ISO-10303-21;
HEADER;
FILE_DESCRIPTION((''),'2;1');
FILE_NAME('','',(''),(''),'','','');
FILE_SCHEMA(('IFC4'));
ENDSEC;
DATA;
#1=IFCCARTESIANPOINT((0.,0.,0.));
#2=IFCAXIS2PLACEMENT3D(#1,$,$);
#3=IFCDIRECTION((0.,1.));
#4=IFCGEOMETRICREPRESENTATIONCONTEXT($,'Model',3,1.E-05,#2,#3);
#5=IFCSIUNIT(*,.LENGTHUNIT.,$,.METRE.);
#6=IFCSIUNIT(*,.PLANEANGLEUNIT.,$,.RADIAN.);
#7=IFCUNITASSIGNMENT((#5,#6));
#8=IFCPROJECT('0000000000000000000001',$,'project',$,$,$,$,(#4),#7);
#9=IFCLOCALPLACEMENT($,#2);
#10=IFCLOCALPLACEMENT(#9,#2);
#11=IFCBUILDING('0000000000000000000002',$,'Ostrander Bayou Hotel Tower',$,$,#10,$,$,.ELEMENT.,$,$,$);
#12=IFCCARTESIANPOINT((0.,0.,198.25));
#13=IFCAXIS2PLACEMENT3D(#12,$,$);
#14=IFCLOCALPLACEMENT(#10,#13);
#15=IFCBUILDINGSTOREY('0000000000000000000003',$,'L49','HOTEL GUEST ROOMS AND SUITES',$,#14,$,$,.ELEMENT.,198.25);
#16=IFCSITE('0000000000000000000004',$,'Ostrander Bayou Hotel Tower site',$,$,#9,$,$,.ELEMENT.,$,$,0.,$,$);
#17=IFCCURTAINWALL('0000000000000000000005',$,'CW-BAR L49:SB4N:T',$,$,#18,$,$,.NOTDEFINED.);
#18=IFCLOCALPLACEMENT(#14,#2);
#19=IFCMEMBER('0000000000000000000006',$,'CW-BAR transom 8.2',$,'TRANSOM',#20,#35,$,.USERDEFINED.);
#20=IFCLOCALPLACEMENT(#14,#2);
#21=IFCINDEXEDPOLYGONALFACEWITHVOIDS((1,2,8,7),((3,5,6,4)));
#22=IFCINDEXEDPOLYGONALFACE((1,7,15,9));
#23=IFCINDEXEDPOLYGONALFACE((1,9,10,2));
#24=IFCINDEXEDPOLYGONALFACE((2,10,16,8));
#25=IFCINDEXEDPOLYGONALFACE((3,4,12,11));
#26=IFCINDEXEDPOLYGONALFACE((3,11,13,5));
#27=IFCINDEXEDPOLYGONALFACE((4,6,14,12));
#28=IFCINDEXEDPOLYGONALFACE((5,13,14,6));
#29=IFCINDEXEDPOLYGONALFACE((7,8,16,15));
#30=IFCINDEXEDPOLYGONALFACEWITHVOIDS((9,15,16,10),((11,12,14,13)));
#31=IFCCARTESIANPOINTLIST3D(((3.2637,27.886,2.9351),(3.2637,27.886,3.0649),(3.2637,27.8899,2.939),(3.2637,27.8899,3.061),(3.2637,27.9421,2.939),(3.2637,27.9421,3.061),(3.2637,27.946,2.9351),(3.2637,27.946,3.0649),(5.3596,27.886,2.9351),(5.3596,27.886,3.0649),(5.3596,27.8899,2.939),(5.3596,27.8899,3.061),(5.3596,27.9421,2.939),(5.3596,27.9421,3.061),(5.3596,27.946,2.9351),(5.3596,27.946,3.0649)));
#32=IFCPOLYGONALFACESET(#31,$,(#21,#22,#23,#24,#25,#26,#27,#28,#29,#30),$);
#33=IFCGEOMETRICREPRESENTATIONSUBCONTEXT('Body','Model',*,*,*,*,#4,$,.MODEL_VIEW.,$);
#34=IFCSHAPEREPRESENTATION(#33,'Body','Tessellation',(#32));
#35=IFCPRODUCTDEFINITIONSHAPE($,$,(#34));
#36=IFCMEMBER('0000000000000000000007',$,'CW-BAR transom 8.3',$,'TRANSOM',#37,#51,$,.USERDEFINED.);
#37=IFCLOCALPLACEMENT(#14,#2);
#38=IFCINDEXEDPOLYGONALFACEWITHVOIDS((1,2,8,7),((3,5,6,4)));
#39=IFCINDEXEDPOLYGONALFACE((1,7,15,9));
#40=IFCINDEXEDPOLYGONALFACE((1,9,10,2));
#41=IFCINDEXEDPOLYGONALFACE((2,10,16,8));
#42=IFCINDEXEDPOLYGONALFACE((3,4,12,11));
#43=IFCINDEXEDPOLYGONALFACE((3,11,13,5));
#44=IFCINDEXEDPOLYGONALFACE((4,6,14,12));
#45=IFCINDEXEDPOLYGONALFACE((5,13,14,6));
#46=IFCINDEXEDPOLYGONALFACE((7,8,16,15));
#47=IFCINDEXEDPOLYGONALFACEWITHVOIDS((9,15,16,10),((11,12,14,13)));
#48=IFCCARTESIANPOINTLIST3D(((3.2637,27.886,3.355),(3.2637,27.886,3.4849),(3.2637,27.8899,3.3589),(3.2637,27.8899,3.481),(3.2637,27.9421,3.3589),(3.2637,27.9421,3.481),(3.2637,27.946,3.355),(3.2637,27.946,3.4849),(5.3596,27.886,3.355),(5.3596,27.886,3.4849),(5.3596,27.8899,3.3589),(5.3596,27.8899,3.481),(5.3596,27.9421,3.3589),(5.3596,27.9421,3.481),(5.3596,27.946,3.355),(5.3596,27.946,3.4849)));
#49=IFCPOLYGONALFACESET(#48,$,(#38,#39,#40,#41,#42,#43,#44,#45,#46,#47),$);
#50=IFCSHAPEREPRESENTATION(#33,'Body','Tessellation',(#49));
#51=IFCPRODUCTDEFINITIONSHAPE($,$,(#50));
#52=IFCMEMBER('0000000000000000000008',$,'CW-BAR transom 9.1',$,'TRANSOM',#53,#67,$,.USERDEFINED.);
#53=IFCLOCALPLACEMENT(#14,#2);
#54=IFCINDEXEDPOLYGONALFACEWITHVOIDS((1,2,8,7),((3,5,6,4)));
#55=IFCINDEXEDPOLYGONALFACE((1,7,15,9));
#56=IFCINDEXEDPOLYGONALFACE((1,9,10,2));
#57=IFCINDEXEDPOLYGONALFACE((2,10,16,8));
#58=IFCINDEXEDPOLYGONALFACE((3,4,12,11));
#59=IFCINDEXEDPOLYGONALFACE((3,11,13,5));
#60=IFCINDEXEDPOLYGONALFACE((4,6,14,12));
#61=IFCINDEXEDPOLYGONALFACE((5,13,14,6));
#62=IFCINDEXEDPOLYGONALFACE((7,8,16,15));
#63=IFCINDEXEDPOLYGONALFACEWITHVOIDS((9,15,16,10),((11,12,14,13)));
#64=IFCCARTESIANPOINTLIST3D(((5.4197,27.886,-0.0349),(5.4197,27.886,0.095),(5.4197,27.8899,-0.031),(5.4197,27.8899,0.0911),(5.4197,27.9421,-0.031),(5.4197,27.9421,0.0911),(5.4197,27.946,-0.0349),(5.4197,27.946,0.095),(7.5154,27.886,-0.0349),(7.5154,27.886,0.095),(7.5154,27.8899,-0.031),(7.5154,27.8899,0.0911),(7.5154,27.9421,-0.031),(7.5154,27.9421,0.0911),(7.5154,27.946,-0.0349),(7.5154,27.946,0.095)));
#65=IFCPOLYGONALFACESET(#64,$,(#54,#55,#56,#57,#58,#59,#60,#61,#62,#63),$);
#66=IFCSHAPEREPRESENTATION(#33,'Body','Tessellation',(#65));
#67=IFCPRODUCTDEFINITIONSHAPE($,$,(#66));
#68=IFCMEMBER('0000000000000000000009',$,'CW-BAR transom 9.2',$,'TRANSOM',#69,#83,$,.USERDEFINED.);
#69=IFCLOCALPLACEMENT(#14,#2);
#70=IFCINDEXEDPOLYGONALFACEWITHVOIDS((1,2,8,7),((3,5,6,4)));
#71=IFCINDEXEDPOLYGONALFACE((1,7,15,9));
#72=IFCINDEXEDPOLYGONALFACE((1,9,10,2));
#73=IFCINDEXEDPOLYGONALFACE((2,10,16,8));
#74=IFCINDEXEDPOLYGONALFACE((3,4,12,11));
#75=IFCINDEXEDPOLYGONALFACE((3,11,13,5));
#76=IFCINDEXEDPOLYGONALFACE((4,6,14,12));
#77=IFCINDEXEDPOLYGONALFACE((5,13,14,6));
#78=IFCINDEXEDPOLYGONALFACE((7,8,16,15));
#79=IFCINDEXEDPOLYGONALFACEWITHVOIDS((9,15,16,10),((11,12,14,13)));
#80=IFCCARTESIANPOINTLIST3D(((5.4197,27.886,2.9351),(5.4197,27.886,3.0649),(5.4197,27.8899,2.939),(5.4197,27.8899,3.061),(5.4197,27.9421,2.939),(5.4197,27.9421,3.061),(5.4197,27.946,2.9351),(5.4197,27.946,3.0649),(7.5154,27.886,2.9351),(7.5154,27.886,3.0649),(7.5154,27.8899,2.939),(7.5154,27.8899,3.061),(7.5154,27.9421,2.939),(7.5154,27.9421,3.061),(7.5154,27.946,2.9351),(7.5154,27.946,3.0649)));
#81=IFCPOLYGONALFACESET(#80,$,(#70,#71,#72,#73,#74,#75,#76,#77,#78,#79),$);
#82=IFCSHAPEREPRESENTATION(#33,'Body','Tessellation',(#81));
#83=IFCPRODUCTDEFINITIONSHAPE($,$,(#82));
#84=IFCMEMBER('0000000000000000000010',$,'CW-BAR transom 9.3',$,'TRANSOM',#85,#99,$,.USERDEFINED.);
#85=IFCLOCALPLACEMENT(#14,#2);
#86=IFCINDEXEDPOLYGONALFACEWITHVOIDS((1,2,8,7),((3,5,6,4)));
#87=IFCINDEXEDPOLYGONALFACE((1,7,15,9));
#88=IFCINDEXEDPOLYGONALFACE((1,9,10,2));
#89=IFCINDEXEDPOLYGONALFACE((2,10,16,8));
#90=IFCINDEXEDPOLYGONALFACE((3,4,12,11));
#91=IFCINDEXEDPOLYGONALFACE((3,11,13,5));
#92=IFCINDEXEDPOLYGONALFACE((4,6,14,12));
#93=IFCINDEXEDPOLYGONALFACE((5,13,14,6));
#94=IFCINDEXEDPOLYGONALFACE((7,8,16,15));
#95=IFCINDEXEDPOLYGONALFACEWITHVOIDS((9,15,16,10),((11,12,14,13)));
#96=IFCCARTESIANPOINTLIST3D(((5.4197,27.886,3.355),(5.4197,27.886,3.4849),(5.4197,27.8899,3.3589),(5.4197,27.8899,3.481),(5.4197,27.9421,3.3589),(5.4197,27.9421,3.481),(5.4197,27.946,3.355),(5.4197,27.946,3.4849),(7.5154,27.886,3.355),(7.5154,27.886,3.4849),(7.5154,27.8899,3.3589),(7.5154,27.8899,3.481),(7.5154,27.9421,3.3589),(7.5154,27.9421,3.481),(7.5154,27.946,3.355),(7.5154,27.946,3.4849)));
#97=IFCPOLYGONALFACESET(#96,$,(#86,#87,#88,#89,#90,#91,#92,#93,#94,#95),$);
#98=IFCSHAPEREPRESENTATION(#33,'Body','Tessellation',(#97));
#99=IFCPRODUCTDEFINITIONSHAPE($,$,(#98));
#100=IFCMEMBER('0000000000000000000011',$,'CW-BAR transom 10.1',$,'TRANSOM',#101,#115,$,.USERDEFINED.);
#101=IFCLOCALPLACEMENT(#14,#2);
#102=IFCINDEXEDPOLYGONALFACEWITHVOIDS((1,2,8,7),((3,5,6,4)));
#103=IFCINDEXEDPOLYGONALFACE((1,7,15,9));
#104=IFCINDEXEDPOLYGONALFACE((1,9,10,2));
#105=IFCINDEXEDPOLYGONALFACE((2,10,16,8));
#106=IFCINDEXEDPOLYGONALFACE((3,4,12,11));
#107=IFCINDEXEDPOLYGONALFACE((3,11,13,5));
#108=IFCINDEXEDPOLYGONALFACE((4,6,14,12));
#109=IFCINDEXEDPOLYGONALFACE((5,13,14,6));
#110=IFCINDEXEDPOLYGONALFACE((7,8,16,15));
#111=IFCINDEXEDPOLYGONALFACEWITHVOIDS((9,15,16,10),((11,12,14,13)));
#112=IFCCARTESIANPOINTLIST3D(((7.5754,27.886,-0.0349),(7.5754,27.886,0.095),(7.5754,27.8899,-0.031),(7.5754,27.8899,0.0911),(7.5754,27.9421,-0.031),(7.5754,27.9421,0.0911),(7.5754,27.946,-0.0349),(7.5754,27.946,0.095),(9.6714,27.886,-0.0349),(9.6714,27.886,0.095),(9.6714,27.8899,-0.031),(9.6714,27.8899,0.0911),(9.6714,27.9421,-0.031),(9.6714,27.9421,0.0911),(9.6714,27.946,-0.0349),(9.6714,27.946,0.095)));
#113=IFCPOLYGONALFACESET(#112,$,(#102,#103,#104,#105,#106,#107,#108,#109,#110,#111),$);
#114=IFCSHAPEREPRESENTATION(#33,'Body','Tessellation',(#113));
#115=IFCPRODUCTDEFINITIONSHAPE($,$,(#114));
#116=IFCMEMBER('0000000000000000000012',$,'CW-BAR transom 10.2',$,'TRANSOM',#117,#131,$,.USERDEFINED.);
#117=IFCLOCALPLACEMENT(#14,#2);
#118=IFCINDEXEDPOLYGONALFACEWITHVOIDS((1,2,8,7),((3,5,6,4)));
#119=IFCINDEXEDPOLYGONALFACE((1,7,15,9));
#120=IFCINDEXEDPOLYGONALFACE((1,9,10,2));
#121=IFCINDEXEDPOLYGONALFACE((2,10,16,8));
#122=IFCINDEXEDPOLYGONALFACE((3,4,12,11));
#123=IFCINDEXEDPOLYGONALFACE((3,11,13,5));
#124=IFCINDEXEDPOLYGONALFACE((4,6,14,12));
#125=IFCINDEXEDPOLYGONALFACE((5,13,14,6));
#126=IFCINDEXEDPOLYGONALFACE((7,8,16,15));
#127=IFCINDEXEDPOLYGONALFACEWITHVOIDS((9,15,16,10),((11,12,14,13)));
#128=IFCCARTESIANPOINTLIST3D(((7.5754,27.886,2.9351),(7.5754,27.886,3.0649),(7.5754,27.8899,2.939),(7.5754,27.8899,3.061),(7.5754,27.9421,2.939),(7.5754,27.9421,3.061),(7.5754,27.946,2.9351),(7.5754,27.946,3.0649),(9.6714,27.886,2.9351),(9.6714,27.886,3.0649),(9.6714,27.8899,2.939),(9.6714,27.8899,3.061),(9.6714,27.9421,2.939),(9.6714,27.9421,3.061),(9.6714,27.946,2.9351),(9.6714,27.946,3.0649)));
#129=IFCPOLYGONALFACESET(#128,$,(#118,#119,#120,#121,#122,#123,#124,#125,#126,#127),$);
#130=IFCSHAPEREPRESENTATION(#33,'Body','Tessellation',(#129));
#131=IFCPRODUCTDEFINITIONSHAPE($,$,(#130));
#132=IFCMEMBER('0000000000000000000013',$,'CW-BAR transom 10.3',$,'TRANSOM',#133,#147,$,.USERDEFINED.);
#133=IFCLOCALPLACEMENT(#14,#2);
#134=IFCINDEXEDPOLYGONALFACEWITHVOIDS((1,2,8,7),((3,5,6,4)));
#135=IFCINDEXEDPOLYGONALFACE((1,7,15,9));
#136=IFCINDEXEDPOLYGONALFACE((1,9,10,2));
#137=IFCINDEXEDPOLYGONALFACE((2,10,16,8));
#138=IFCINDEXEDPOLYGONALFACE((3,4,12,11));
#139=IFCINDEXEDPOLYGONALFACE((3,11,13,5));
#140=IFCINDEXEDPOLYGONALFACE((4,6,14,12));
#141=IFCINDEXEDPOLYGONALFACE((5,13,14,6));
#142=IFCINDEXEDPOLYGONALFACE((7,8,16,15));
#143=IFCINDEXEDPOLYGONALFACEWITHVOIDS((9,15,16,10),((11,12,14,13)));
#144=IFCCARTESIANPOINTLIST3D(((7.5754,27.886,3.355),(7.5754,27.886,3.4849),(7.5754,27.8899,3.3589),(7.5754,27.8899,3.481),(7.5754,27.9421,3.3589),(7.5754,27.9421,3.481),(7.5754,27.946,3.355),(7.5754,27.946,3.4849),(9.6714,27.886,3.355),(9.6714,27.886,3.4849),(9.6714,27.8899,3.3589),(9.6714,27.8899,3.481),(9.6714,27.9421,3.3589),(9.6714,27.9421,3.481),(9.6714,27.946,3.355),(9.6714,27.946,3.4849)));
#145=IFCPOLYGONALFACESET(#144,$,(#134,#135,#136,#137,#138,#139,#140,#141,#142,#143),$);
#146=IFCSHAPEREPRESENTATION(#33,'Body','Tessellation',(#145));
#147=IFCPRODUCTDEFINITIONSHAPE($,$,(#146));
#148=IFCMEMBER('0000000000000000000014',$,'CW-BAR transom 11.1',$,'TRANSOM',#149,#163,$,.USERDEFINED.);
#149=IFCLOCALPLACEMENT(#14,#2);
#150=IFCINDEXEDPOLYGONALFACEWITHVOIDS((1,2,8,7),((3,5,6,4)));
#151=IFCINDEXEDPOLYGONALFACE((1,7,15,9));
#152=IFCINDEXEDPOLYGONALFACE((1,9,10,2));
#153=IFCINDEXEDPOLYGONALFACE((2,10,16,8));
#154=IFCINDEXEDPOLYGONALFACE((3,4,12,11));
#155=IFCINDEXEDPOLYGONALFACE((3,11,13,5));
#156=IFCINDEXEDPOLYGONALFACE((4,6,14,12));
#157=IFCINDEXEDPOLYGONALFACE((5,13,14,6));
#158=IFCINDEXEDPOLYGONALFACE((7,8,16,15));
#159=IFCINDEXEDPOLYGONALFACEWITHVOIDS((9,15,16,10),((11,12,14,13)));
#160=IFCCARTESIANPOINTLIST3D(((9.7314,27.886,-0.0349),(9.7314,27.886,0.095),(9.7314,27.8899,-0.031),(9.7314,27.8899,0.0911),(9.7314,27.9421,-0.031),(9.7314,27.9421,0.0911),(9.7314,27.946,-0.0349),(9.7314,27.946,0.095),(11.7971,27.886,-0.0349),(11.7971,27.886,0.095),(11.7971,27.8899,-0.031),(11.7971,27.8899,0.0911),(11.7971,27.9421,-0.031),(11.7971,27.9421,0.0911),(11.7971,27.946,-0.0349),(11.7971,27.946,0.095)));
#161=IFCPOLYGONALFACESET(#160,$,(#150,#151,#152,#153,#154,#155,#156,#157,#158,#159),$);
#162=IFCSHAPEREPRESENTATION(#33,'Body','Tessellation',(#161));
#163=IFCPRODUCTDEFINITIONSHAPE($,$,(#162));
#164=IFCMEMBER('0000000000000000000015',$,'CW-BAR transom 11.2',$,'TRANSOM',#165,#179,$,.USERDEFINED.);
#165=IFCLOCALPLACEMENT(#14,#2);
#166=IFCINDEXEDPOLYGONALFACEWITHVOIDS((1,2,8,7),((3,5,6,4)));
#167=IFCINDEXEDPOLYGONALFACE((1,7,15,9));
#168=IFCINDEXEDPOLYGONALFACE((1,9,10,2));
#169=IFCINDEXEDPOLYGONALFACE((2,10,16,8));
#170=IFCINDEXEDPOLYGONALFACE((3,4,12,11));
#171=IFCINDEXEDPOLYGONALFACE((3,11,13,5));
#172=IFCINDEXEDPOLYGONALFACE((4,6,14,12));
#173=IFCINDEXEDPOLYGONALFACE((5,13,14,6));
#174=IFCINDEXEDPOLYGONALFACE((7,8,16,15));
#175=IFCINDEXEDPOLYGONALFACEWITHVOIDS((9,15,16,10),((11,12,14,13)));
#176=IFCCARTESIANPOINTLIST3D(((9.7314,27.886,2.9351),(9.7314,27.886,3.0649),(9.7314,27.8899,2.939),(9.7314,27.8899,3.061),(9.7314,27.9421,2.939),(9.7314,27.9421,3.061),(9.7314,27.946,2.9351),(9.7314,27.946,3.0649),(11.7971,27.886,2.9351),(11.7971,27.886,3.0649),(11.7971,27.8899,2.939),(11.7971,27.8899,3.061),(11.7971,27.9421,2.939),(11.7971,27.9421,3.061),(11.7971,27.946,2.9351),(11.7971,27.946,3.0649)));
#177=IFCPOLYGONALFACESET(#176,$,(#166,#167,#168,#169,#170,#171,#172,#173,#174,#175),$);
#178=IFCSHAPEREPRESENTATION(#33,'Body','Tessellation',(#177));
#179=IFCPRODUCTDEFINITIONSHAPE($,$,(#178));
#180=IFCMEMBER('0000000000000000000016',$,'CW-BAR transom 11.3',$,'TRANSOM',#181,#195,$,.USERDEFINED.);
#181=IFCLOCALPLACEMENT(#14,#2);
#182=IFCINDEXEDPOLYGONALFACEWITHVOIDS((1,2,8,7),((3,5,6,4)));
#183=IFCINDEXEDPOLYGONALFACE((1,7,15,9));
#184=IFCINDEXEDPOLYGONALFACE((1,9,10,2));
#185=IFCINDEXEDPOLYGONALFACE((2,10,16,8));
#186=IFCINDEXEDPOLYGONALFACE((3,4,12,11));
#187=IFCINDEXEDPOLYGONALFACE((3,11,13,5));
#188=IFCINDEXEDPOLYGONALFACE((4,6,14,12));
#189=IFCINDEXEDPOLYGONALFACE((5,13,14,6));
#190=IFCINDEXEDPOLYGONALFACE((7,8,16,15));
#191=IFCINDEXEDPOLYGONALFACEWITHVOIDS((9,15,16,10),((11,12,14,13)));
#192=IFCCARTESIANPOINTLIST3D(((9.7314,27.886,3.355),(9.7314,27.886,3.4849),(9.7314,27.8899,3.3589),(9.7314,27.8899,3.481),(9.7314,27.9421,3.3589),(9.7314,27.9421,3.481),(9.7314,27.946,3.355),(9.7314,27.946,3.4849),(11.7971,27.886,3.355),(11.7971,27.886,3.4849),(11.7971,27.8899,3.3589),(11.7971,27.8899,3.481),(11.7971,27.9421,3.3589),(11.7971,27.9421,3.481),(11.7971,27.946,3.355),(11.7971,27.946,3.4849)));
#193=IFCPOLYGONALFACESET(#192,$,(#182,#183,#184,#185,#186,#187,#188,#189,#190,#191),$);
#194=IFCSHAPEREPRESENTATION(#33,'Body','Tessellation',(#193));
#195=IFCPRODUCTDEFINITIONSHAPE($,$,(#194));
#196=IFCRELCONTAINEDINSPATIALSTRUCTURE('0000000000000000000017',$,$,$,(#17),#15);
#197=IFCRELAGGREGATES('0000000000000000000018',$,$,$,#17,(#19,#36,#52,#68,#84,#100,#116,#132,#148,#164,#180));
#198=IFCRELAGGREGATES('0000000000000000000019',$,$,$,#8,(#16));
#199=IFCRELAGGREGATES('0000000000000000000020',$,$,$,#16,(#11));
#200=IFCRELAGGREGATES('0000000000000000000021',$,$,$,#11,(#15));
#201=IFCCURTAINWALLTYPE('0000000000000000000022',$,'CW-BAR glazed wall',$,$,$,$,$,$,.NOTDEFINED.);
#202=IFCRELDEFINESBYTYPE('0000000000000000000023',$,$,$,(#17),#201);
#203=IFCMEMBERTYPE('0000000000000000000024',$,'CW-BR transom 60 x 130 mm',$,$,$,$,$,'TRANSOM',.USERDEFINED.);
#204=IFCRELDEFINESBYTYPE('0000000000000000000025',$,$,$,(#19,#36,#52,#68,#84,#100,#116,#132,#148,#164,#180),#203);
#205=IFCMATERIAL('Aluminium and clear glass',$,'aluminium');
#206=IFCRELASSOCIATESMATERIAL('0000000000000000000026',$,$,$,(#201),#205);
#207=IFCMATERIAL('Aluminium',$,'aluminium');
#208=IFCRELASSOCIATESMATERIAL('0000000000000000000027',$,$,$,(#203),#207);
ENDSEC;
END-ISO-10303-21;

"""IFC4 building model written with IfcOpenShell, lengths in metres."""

from ifc_helpers import new_model, si_unit, direction, frame, origin, origin_2d, place, context, subcontext, project, spatial, hollow_rectangle, extrude, material, material_profile, profile_set, type_object, element, aggregate, save


model = new_model("IFC4")

# Units and contexts
model_context = context("Model", 3, precision=1e-05, world=origin(), true_north=direction((0.0, 1.0)))
body_context = subcontext(model_context, "Body", "Model", "MODEL_VIEW")
ifc_project = project(units=[si_unit("LENGTHUNIT", "METRE"), si_unit("PLANEANGLEUNIT", "RADIAN")], contexts=[model_context])

# Site, building, storey
site_placement = place(None, origin())
site = spatial("IfcSite", under=ifc_project, at=site_placement, Name="Ostrander Bayou Hotel Tower site", CompositionType="ELEMENT", RefElevation=0.0)
building_placement = place(site_placement, origin())
building = spatial("IfcBuilding", under=site, at=building_placement, Name="Ostrander Bayou Hotel Tower", CompositionType="ELEMENT")
storey_placement = place(building_placement, frame((0.0, 0.0, 198.25)))
storey = spatial("IfcBuildingStorey", under=building, at=storey_placement, Name="L49", Description="HOTEL GUEST ROOMS AND SUITES", CompositionType="ELEMENT", Elevation=198.25)

# Curtain wall
ifc_material_1 = material(Name="Aluminium and clear glass", Category="aluminium")
curtain_wall_type = type_object("IfcCurtainWallType", Name="CW-BAR glazed wall", PredefinedType="NOTDEFINED", material=ifc_material_1)
curtain_wall_1_placement = place(storey_placement, origin())
curtain_wall_1 = element("IfcCurtainWall", 1, at=curtain_wall_1_placement, inside=storey, type_object=curtain_wall_type, Name="CW-BAR L49:SB4N:T", PredefinedType="NOTDEFINED")

# Members
ifc_material_2 = material(Name="Aluminium", Category="aluminium")
ifc_material_profile_1 = material_profile(ifc_material_2, hollow_rectangle(XDim=0.0601, YDim=0.1299, WallThickness=0.0039, at=origin_2d()))
ifc_profile_set_1 = profile_set([ifc_material_profile_1], Name="Aluminium")
member_type_1 = type_object("IfcMemberType", Name="CW-BR transom 60 x 130 mm", ElementType="TRANSOM", PredefinedType="USERDEFINED", material=ifc_profile_set_1)
member_1_placement = place(storey_placement, frame((3.2637, 27.916, 3.0), z_axis=(1.0, 0.0, 0.0), x_axis=(0.0, 1.0, 0.0)))
member_1 = element("IfcMember", 2, at=member_1_placement, type_object=member_type_1, Name="CW-BAR transom 8.2", ObjectType="TRANSOM", PredefinedType="USERDEFINED", context=body_context, shape_type="SweptSolid", body=[
    extrude(hollow_rectangle(XDim=0.0601, YDim=0.1299, WallThickness=0.0039, at=origin_2d()), origin(), (0.0, 0.0, 1.0), 2.0959),
])
member_2_placement = place(storey_placement, frame((3.2637, 27.916, 3.4199), z_axis=(1.0, 0.0, 0.0), x_axis=(0.0, 1.0, 0.0)))
member_2 = element("IfcMember", 3, at=member_2_placement, type_object=member_type_1, Name="CW-BAR transom 8.3", ObjectType="TRANSOM", PredefinedType="USERDEFINED", context=body_context, shape_type="SweptSolid", body=[
    extrude(hollow_rectangle(XDim=0.0601, YDim=0.1299, WallThickness=0.0039, at=origin_2d()), origin(), (0.0, 0.0, 1.0), 2.0959),
])
member_3_placement = place(storey_placement, frame((5.4197, 27.916, 0.03), z_axis=(1.0, 0.0, 0.0), x_axis=(0.0, 1.0, 0.0)))
member_3 = element("IfcMember", 4, at=member_3_placement, type_object=member_type_1, Name="CW-BAR transom 9.1", ObjectType="TRANSOM", PredefinedType="USERDEFINED", context=body_context, shape_type="SweptSolid", body=[
    extrude(hollow_rectangle(XDim=0.0601, YDim=0.1299, WallThickness=0.0039, at=origin_2d()), origin(), (0.0, 0.0, 1.0), 2.0957),
])
member_4_placement = place(storey_placement, frame((5.4197, 27.916, 3.0), z_axis=(1.0, 0.0, 0.0), x_axis=(0.0, 1.0, 0.0)))
member_4 = element("IfcMember", 5, at=member_4_placement, type_object=member_type_1, Name="CW-BAR transom 9.2", ObjectType="TRANSOM", PredefinedType="USERDEFINED", context=body_context, shape_type="SweptSolid", body=[
    extrude(hollow_rectangle(XDim=0.0601, YDim=0.1299, WallThickness=0.0039, at=origin_2d()), origin(), (0.0, 0.0, 1.0), 2.0957),
])
member_5_placement = place(storey_placement, frame((5.4197, 27.916, 3.4199), z_axis=(1.0, 0.0, 0.0), x_axis=(0.0, 1.0, 0.0)))
member_5 = element("IfcMember", 6, at=member_5_placement, type_object=member_type_1, Name="CW-BAR transom 9.3", ObjectType="TRANSOM", PredefinedType="USERDEFINED", context=body_context, shape_type="SweptSolid", body=[
    extrude(hollow_rectangle(XDim=0.0601, YDim=0.1299, WallThickness=0.0039, at=origin_2d()), origin(), (0.0, 0.0, 1.0), 2.0957),
])
member_6_placement = place(storey_placement, frame((7.5754, 27.916, 0.03), z_axis=(1.0, 0.0, 0.0), x_axis=(0.0, 1.0, 0.0)))
member_6 = element("IfcMember", 7, at=member_6_placement, type_object=member_type_1, Name="CW-BAR transom 10.1", ObjectType="TRANSOM", PredefinedType="USERDEFINED", context=body_context, shape_type="SweptSolid", body=[
    extrude(hollow_rectangle(XDim=0.0601, YDim=0.1299, WallThickness=0.0039, at=origin_2d()), origin(), (0.0, 0.0, 1.0), 2.0959),
])
member_7_placement = place(storey_placement, frame((7.5754, 27.916, 3.0), z_axis=(1.0, 0.0, 0.0), x_axis=(0.0, 1.0, 0.0)))
member_7 = element("IfcMember", 8, at=member_7_placement, type_object=member_type_1, Name="CW-BAR transom 10.2", ObjectType="TRANSOM", PredefinedType="USERDEFINED", context=body_context, shape_type="SweptSolid", body=[
    extrude(hollow_rectangle(XDim=0.0601, YDim=0.1299, WallThickness=0.0039, at=origin_2d()), origin(), (0.0, 0.0, 1.0), 2.0959),
])
member_8_placement = place(storey_placement, frame((7.5754, 27.916, 3.4199), z_axis=(1.0, 0.0, 0.0), x_axis=(0.0, 1.0, 0.0)))
member_8 = element("IfcMember", 9, at=member_8_placement, type_object=member_type_1, Name="CW-BAR transom 10.3", ObjectType="TRANSOM", PredefinedType="USERDEFINED", context=body_context, shape_type="SweptSolid", body=[
    extrude(hollow_rectangle(XDim=0.0601, YDim=0.1299, WallThickness=0.0039, at=origin_2d()), origin(), (0.0, 0.0, 1.0), 2.0959),
])
member_9_placement = place(storey_placement, frame((9.7314, 27.916, 0.03), z_axis=(1.0, 0.0, 0.0), x_axis=(0.0, 1.0, 0.0)))
member_9 = element("IfcMember", 10, at=member_9_placement, type_object=member_type_1, Name="CW-BAR transom 11.1", ObjectType="TRANSOM", PredefinedType="USERDEFINED", context=body_context, shape_type="SweptSolid", body=[
    extrude(hollow_rectangle(XDim=0.0601, YDim=0.1299, WallThickness=0.0039, at=origin_2d()), origin(), (0.0, 0.0, 1.0), 2.0657),
])
member_10_placement = place(storey_placement, frame((9.7314, 27.916, 3.0), z_axis=(1.0, 0.0, 0.0), x_axis=(0.0, 1.0, 0.0)))
member_10 = element("IfcMember", 11, at=member_10_placement, type_object=member_type_1, Name="CW-BAR transom 11.2", ObjectType="TRANSOM", PredefinedType="USERDEFINED", context=body_context, shape_type="SweptSolid", body=[
    extrude(hollow_rectangle(XDim=0.0601, YDim=0.1299, WallThickness=0.0039, at=origin_2d()), origin(), (0.0, 0.0, 1.0), 2.0657),
])
member_11_placement = place(storey_placement, frame((9.7314, 27.916, 3.4199), z_axis=(1.0, 0.0, 0.0), x_axis=(0.0, 1.0, 0.0)))
member_11 = element("IfcMember", 12, at=member_11_placement, type_object=member_type_1, Name="CW-BAR transom 11.3", ObjectType="TRANSOM", PredefinedType="USERDEFINED", context=body_context, shape_type="SweptSolid", body=[
    extrude(hollow_rectangle(XDim=0.0601, YDim=0.1299, WallThickness=0.0039, at=origin_2d()), origin(), (0.0, 0.0, 1.0), 2.0657),
])

aggregate(curtain_wall_1, [member_1, member_2, member_3, member_4, member_5, member_6, member_7, member_8, member_9, member_10, member_11])

save(model, "model.ifc")
